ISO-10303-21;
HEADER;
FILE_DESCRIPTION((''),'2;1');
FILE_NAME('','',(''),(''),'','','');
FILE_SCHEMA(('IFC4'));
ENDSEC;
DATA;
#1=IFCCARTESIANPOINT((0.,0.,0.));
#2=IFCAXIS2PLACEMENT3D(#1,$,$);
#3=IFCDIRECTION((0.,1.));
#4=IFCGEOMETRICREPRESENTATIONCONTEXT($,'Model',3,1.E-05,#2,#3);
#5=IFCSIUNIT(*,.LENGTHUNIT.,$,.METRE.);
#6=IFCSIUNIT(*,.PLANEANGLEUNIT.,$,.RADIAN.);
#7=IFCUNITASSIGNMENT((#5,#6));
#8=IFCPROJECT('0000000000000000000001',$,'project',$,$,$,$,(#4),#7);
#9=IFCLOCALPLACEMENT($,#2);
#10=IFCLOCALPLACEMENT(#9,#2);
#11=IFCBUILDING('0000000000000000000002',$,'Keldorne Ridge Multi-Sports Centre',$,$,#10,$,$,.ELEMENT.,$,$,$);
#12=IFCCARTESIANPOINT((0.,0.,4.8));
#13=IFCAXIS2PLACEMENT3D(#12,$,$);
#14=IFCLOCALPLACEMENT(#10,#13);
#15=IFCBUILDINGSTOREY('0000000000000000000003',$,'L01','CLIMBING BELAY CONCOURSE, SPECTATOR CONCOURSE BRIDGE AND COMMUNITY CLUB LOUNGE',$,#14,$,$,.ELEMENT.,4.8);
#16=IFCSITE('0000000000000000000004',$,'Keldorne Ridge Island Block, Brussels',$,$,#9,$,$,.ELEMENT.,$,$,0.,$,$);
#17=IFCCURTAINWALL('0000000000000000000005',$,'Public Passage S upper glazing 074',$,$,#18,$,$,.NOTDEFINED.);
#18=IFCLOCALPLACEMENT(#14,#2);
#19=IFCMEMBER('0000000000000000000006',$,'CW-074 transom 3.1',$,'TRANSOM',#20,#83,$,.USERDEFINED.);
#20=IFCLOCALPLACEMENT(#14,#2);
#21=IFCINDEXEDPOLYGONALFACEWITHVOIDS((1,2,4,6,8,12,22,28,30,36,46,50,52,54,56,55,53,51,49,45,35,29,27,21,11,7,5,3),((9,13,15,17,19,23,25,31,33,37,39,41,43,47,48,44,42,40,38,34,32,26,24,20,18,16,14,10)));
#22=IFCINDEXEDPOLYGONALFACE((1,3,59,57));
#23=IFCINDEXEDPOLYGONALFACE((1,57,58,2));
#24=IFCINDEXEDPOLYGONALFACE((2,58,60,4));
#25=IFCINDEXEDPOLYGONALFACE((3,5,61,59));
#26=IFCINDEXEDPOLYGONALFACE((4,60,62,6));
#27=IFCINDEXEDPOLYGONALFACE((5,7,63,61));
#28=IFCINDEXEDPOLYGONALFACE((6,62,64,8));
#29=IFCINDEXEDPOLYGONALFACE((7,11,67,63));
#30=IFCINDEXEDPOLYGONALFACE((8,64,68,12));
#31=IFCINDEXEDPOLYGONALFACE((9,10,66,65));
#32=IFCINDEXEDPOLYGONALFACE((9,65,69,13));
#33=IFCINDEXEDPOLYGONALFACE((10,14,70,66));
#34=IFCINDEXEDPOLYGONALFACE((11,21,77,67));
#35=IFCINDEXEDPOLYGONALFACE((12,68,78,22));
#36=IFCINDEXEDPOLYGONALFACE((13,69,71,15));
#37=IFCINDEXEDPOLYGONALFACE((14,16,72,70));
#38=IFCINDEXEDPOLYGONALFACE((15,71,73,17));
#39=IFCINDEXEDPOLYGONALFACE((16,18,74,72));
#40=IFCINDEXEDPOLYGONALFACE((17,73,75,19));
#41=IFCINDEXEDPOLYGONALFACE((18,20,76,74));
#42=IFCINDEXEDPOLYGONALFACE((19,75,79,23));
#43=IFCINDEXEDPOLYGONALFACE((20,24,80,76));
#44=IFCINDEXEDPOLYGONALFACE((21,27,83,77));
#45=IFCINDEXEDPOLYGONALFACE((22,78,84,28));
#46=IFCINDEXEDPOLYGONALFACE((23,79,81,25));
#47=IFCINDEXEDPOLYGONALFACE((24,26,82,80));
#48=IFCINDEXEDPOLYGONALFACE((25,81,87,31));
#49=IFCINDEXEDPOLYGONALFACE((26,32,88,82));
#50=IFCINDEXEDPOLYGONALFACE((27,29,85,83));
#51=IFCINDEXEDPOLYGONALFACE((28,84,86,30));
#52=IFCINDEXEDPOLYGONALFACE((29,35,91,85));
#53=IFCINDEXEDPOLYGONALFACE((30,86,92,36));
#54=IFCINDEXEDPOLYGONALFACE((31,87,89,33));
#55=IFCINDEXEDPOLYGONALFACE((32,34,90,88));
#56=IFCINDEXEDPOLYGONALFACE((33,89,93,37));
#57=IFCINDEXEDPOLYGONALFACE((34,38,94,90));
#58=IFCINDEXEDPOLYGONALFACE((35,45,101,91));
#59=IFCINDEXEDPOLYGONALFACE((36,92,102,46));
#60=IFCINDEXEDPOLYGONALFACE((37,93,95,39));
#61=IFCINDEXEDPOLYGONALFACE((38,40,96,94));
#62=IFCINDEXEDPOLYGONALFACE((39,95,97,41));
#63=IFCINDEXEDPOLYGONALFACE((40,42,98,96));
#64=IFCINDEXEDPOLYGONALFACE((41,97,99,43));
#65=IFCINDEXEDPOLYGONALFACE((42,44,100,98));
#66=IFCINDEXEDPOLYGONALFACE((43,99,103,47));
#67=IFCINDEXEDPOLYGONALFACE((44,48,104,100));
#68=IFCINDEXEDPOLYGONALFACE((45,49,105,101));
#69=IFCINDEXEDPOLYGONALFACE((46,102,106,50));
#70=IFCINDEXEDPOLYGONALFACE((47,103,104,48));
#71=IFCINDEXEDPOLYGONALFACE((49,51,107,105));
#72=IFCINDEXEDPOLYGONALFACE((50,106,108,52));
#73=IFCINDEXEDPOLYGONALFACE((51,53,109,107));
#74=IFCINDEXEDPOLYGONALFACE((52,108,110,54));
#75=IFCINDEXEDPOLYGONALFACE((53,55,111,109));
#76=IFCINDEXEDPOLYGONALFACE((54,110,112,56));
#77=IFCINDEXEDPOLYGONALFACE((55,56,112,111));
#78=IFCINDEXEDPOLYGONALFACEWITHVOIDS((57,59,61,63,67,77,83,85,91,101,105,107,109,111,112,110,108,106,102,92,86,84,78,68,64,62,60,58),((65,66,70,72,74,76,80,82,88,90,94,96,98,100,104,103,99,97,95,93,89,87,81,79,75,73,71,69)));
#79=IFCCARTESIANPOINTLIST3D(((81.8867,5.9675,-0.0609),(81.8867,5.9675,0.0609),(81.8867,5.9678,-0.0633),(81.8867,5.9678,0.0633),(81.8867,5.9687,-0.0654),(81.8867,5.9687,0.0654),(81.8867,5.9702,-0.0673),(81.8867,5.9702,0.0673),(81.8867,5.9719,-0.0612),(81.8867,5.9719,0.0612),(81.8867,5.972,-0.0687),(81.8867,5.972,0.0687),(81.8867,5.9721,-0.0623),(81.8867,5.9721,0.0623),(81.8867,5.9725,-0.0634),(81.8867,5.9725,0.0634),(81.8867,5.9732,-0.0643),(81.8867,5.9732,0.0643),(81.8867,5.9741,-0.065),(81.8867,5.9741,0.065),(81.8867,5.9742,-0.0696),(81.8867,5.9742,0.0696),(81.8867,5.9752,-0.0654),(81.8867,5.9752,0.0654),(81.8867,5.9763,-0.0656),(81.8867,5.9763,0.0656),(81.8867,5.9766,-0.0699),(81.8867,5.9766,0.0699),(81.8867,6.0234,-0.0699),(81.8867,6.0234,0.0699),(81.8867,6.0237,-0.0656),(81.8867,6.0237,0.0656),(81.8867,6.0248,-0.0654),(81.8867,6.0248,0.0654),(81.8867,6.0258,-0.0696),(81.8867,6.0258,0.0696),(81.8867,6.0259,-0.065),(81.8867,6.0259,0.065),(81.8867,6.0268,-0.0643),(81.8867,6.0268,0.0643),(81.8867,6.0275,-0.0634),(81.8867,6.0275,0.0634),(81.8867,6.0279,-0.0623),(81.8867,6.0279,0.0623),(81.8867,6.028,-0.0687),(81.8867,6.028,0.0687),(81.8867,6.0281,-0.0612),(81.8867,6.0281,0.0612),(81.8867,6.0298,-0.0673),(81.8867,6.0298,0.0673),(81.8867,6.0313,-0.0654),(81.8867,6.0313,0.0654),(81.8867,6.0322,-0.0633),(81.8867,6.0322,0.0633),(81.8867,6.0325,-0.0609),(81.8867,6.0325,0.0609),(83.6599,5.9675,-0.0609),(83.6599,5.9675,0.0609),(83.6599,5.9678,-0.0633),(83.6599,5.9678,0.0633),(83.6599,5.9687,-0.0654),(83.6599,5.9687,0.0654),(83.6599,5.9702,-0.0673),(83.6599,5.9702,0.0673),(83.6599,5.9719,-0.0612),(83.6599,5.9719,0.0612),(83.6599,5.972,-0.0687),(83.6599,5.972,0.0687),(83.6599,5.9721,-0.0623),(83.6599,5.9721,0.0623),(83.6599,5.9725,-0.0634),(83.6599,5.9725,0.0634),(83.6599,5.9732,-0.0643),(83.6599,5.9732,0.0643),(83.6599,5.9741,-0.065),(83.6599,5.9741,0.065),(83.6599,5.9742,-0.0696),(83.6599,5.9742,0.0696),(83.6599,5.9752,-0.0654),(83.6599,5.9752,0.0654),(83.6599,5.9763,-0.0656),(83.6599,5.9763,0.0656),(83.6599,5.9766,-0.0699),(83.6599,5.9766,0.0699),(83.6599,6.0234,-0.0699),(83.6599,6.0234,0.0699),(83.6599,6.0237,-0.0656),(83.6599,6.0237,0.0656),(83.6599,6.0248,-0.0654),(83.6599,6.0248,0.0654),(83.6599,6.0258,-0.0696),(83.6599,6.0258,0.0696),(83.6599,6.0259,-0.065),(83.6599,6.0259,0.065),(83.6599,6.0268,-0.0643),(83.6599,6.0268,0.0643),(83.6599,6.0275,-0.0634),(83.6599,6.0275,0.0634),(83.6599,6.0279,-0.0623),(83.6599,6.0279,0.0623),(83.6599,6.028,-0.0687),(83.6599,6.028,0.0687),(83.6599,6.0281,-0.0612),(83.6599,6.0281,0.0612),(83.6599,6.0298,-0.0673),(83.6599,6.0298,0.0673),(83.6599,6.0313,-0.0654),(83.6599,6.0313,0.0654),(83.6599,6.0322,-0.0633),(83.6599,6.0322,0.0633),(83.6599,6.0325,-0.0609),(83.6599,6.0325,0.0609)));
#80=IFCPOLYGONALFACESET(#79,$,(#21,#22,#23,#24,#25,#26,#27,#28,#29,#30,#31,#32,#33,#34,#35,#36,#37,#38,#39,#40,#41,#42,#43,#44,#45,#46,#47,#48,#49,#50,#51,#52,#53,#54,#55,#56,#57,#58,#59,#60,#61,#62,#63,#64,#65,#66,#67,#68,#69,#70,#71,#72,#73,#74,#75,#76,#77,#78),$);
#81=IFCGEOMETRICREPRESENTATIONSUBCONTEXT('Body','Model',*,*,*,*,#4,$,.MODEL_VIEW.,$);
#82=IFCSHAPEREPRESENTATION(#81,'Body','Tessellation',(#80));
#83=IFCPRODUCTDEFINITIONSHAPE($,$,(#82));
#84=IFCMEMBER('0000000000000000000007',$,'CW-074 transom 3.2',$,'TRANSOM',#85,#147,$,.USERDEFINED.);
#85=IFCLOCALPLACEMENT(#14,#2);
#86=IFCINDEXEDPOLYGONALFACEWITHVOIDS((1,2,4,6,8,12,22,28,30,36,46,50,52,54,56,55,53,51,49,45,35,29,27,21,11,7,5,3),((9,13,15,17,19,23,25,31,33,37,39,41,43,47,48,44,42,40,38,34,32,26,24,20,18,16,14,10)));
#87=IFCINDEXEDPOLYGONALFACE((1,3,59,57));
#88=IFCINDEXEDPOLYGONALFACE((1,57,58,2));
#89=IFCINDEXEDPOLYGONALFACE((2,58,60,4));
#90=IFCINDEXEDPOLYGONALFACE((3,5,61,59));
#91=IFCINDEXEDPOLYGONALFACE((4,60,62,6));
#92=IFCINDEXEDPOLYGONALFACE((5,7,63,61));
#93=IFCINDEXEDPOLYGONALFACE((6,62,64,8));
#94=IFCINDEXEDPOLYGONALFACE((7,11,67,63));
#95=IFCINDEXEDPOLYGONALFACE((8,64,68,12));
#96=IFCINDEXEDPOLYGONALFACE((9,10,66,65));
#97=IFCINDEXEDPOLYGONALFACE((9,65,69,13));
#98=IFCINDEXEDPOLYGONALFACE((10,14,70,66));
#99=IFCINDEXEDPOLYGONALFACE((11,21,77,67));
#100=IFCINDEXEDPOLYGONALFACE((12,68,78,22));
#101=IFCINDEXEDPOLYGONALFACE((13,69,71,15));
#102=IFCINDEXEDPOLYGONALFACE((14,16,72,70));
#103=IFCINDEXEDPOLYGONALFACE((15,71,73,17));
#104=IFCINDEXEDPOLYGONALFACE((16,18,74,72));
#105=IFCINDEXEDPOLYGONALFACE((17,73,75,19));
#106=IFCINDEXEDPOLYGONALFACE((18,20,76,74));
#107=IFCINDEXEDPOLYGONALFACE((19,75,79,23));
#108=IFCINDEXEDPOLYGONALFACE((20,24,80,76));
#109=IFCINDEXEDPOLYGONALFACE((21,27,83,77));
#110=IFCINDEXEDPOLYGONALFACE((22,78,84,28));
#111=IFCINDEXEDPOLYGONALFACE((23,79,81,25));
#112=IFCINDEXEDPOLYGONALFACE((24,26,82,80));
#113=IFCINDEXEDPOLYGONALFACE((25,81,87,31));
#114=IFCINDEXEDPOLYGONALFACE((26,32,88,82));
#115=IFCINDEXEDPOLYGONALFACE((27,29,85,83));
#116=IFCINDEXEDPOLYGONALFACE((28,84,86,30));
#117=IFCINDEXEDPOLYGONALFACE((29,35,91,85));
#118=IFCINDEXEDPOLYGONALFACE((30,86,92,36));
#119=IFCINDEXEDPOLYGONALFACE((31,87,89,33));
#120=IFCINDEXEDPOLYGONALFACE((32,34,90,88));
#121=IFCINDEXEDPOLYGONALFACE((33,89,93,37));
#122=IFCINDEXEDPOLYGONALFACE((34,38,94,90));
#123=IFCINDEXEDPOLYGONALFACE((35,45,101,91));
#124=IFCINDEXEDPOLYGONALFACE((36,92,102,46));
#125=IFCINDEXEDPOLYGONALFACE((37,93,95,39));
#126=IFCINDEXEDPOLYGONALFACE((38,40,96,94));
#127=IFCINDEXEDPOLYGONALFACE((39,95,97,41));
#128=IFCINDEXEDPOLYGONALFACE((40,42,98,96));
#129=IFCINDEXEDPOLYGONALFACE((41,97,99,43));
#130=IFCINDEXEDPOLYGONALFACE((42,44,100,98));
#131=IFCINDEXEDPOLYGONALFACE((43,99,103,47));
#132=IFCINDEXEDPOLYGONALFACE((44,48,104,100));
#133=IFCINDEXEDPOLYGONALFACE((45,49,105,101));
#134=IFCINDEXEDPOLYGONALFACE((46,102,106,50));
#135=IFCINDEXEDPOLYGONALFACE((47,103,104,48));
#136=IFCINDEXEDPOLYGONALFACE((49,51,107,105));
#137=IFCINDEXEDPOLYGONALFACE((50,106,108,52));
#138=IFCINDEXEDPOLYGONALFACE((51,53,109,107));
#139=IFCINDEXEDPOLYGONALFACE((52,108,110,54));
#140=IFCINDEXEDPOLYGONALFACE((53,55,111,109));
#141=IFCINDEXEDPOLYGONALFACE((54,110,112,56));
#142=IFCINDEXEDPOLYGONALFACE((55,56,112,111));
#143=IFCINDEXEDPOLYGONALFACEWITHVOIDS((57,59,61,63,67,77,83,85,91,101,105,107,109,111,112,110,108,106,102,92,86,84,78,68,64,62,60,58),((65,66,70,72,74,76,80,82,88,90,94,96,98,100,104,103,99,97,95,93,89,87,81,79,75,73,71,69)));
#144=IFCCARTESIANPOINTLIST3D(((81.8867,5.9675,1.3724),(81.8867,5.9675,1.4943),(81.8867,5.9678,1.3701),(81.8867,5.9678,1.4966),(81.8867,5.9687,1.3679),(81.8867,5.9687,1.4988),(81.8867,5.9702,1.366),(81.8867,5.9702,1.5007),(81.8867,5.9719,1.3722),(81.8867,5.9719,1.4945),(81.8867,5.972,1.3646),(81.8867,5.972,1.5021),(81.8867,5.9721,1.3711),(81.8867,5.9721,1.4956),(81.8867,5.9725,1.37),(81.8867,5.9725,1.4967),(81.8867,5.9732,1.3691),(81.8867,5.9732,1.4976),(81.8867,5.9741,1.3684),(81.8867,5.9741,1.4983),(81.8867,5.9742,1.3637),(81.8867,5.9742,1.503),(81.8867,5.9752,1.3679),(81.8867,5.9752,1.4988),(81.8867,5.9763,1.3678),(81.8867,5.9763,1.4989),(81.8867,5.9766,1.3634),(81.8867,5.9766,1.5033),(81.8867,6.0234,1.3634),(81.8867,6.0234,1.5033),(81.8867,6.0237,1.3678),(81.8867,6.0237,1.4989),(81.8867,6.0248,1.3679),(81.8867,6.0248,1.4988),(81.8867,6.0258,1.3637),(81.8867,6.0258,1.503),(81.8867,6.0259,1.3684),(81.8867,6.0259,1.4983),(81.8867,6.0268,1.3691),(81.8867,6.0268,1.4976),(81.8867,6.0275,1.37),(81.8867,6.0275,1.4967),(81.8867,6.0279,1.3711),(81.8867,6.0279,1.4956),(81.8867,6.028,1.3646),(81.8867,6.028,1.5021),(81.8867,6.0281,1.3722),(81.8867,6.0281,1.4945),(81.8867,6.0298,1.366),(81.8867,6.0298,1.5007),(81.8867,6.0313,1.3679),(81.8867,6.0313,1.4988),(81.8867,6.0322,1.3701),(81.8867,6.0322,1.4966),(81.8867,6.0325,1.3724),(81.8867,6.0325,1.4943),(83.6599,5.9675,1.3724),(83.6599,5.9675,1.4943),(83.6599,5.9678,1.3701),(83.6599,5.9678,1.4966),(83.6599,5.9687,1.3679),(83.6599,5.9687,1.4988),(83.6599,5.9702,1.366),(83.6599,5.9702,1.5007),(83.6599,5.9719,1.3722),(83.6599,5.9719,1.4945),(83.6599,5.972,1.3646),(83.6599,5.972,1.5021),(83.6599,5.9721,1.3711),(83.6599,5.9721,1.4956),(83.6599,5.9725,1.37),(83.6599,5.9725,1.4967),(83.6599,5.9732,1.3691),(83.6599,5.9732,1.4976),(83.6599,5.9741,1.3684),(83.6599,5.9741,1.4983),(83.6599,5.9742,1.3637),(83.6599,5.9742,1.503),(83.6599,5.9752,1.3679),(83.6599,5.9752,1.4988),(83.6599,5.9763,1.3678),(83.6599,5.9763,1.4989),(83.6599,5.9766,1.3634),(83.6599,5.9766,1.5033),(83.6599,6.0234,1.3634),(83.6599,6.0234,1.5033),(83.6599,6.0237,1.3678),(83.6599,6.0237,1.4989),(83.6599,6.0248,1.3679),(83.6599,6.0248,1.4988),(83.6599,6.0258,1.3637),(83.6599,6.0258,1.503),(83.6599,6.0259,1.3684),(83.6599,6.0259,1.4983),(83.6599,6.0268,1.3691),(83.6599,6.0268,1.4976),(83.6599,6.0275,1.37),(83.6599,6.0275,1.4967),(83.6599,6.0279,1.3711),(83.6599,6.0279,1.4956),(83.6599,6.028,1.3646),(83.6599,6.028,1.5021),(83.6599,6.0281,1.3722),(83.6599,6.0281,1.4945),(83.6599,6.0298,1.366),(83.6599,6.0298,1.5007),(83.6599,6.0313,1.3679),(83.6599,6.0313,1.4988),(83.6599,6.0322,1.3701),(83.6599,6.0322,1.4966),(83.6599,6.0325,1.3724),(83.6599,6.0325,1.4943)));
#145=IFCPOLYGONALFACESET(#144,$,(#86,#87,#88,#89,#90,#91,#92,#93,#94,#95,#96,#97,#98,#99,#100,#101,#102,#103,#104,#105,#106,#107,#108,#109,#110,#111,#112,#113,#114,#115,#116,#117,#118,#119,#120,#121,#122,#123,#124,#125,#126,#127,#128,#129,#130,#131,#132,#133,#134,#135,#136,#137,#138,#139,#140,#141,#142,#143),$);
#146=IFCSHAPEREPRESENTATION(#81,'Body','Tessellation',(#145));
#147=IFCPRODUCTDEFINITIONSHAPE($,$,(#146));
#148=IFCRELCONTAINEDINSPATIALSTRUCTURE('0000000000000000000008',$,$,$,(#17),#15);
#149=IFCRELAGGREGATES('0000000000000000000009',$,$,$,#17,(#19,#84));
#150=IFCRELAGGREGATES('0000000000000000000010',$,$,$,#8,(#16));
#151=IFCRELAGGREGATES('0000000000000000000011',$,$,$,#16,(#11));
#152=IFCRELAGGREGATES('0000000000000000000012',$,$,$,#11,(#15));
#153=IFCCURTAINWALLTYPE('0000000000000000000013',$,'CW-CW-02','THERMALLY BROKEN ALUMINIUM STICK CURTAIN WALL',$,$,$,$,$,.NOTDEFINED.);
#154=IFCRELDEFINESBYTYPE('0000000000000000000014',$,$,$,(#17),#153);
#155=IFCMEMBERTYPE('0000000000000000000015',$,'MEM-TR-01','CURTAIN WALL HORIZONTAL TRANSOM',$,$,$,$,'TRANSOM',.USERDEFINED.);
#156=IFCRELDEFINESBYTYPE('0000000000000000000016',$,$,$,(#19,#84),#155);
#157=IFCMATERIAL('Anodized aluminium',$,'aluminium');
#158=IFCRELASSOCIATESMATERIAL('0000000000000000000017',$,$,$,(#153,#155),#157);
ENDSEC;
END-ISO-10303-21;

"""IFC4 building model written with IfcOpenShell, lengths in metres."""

from ifc_helpers import new_model, si_unit, direction, frame, origin, origin_2d, place, context, subcontext, project, spatial, hollow_rectangle, extrude, material, material_profile, profile_set, type_object, element, aggregate, save


model = new_model("IFC4")

# Units and contexts
model_context = context("Model", 3, precision=1e-05, world=origin(), true_north=direction((0.0, 1.0)))
body_context = subcontext(model_context, "Body", "Model", "MODEL_VIEW")
ifc_project = project(units=[si_unit("LENGTHUNIT", "METRE"), si_unit("PLANEANGLEUNIT", "RADIAN")], contexts=[model_context])

# Site, building, storey
site_placement = place(None, origin())
site = spatial("IfcSite", under=ifc_project, at=site_placement, Name="Keldorne Ridge Island Block, Brussels", CompositionType="ELEMENT", RefElevation=0.0)
building_placement = place(site_placement, origin())
building = spatial("IfcBuilding", under=site, at=building_placement, Name="Keldorne Ridge Multi-Sports Centre", CompositionType="ELEMENT")
storey_placement = place(building_placement, frame((0.0, 0.0, 4.8)))
storey = spatial("IfcBuildingStorey", under=building, at=storey_placement, Name="L01", Description="CLIMBING BELAY CONCOURSE, SPECTATOR CONCOURSE BRIDGE AND COMMUNITY CLUB LOUNGE", CompositionType="ELEMENT", Elevation=4.8)

# Curtain wall
ifc_material_1 = material(Name="Anodized aluminium", Category="aluminium")
curtain_wall_type_1 = type_object("IfcCurtainWallType", Name="CW-CW-02", Description="THERMALLY BROKEN ALUMINIUM STICK CURTAIN WALL", PredefinedType="NOTDEFINED", material=ifc_material_1)
curtain_wall_1_placement = place(storey_placement, origin())
curtain_wall_1 = element("IfcCurtainWall", 1, at=curtain_wall_1_placement, inside=storey, type_object=curtain_wall_type_1, Name="Public Passage S upper glazing 074", PredefinedType="NOTDEFINED")

# Members
ifc_material_profile_1 = material_profile(ifc_material_1, hollow_rectangle(XDim=0.0649, YDim=0.1399, WallThickness=0.0044, InnerFilletRadius=0.0044, OuterFilletRadius=0.009, at=origin_2d()), Name="ALU TRANSOM 140x65x4.5")
ifc_profile_set_1 = profile_set([ifc_material_profile_1], Name="Anodized aluminium")
member_type_1 = type_object("IfcMemberType", Name="MEM-TR-01", Description="CURTAIN WALL HORIZONTAL TRANSOM", ElementType="TRANSOM", PredefinedType="USERDEFINED", material=ifc_profile_set_1)
member_1_placement = place(storey_placement, frame((81.8867, 6.0, 0.0), z_axis=(1.0, 0.0, 0.0), x_axis=(0.0, 1.0, 0.0)))
member_1 = element("IfcMember", 2, at=member_1_placement, type_object=member_type_1, Name="CW-074 transom 3.1", ObjectType="TRANSOM", PredefinedType="USERDEFINED", context=body_context, shape_type="SweptSolid", body=[
    extrude(hollow_rectangle(XDim=0.0649, YDim=0.1399, WallThickness=0.0044, InnerFilletRadius=0.0044, OuterFilletRadius=0.009, at=origin_2d()), origin(), (0.0, 0.0, 1.0), 1.7732),
])
member_2_placement = place(storey_placement, frame((81.8867, 6.0, 1.4333), z_axis=(1.0, 0.0, 0.0), x_axis=(0.0, 1.0, 0.0)))
member_2 = element("IfcMember", 3, at=member_2_placement, type_object=member_type_1, Name="CW-074 transom 3.2", ObjectType="TRANSOM", PredefinedType="USERDEFINED", context=body_context, shape_type="SweptSolid", body=[
    extrude(hollow_rectangle(XDim=0.0649, YDim=0.1399, WallThickness=0.0044, InnerFilletRadius=0.0044, OuterFilletRadius=0.009, at=origin_2d()), origin(), (0.0, 0.0, 1.0), 1.7732),
])

aggregate(curtain_wall_1, [member_1, member_2])

save(model, "model.ifc")
